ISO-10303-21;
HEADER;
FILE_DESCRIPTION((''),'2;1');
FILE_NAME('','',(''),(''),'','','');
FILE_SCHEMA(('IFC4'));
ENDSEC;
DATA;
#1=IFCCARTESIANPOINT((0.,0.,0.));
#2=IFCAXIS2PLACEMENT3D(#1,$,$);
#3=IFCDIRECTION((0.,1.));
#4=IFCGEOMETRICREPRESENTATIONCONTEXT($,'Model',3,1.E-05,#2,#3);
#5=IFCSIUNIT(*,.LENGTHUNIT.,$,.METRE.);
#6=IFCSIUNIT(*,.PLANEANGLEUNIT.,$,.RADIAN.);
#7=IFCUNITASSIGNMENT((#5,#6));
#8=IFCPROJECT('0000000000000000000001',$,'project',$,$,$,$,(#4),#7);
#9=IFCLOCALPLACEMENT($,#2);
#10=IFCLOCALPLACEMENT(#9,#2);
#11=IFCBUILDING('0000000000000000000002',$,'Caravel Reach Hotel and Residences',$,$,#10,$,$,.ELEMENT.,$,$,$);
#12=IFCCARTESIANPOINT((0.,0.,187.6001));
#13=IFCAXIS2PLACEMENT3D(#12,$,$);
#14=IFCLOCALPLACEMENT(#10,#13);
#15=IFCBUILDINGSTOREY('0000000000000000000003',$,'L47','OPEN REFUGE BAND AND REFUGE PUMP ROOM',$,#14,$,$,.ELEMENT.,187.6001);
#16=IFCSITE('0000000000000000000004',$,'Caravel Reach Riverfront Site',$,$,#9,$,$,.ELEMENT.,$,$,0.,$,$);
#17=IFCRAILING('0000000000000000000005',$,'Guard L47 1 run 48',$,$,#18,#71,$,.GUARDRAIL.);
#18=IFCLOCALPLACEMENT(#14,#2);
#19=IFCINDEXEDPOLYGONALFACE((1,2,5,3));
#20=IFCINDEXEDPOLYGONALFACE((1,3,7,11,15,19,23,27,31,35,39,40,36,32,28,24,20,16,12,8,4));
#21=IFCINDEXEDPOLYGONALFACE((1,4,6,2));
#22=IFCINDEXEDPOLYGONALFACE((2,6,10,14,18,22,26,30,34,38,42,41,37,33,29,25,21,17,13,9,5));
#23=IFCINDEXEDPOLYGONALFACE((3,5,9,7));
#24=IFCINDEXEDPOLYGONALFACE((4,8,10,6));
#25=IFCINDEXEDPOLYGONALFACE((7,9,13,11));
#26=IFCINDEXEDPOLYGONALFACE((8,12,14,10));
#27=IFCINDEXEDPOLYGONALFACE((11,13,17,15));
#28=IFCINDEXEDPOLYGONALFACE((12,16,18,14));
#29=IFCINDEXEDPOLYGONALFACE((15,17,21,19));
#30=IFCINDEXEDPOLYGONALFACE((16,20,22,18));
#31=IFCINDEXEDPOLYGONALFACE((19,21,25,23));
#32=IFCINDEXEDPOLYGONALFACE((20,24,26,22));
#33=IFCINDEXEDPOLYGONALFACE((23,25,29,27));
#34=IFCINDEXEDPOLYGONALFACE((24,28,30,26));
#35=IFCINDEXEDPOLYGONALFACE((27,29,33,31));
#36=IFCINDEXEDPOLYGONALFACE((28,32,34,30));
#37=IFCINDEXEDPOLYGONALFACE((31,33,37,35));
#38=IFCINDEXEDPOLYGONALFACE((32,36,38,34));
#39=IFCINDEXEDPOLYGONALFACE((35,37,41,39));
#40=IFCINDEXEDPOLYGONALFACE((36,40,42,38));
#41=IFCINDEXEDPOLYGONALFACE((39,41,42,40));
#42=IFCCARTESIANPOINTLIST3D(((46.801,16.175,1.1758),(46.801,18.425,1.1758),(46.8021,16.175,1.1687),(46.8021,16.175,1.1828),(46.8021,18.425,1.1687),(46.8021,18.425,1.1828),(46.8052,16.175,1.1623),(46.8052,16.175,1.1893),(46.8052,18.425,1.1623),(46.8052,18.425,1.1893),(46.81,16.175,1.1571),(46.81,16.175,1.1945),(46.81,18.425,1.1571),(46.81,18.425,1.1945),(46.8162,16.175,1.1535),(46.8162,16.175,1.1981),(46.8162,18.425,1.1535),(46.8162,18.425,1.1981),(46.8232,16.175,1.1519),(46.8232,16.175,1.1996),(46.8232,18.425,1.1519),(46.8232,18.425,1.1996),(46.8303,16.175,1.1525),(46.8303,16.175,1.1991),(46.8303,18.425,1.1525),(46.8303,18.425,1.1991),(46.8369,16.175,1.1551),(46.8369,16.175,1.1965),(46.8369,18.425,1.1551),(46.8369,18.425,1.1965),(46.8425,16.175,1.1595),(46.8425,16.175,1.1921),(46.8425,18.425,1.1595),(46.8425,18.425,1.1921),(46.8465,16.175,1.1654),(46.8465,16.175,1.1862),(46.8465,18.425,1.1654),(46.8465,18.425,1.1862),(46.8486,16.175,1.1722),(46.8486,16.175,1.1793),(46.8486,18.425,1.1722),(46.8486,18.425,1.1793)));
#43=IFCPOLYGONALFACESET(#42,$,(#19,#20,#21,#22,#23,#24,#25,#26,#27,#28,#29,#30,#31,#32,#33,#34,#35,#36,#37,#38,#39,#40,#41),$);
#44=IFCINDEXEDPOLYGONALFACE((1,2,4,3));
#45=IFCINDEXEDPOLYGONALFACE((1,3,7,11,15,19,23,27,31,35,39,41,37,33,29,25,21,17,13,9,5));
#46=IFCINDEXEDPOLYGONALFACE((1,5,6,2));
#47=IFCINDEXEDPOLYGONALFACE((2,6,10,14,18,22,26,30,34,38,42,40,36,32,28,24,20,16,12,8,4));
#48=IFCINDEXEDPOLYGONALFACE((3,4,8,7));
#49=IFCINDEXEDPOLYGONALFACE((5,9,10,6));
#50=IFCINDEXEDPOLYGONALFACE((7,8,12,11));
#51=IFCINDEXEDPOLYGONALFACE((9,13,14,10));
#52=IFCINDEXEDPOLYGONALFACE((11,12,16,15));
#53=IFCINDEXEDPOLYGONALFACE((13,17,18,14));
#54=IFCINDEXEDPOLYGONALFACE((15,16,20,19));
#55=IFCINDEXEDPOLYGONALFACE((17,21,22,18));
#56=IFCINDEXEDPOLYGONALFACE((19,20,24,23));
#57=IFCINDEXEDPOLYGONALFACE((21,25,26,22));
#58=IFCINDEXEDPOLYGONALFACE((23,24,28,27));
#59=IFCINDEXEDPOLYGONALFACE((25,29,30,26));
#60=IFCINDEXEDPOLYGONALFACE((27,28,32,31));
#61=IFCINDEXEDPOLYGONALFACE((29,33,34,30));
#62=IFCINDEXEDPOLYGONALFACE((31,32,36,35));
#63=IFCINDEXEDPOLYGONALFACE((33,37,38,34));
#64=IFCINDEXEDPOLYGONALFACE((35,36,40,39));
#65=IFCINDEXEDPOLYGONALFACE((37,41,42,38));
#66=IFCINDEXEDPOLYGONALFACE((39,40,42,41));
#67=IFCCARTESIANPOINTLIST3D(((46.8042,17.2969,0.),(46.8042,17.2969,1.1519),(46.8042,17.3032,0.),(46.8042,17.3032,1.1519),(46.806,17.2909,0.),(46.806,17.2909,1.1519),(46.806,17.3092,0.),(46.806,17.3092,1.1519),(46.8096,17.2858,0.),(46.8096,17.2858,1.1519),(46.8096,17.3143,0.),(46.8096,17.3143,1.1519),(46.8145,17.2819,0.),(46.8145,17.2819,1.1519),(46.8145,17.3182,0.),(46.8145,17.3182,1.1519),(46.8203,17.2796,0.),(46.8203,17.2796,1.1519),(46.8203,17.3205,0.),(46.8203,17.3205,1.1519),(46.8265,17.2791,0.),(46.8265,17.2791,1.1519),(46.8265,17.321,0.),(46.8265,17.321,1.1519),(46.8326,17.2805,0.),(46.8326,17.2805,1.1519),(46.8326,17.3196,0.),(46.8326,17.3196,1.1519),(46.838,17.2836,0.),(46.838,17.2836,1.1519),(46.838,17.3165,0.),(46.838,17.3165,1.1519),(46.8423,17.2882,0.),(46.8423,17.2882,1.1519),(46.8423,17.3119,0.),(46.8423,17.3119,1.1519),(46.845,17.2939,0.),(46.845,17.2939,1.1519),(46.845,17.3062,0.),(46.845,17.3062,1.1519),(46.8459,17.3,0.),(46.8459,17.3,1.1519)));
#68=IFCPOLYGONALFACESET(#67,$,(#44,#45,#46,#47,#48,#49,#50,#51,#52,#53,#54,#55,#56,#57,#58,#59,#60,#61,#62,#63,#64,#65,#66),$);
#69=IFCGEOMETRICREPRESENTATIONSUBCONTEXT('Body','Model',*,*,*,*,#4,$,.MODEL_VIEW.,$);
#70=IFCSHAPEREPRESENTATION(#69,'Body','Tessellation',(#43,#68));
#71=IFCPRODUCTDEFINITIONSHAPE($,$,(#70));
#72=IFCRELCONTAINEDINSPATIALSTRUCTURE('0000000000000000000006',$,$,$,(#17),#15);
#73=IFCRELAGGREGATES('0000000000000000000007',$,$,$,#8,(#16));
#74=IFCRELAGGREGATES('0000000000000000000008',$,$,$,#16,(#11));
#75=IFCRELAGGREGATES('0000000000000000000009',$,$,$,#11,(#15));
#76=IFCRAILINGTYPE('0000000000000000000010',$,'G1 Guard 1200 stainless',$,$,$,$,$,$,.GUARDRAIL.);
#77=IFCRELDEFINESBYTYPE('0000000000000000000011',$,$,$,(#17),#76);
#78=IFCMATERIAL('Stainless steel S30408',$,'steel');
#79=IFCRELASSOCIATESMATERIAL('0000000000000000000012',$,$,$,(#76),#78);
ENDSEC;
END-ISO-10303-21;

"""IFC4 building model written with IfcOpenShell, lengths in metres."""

from ifc_helpers import new_model, si_unit, direction, frame, origin, origin_2d, place, context, subcontext, project, spatial, circle, extrude, material, type_object, element, save


model = new_model("IFC4")

# Units and contexts
model_context = context("Model", 3, precision=1e-05, world=origin(), true_north=direction((0.0, 1.0)))
body_context = subcontext(model_context, "Body", "Model", "MODEL_VIEW")
ifc_project = project(units=[si_unit("LENGTHUNIT", "METRE"), si_unit("PLANEANGLEUNIT", "RADIAN")], contexts=[model_context])

# Site, building, storey
site_placement = place(None, origin())
site = spatial("IfcSite", under=ifc_project, at=site_placement, Name="Caravel Reach Riverfront Site", CompositionType="ELEMENT", RefElevation=0.0)
building_placement = place(site_placement, origin())
building = spatial("IfcBuilding", under=site, at=building_placement, Name="Caravel Reach Hotel and Residences", CompositionType="ELEMENT")
storey_placement = place(building_placement, frame((0.0, 0.0, 187.6001)))
storey = spatial("IfcBuildingStorey", under=building, at=storey_placement, Name="L47", Description="OPEN REFUGE BAND AND REFUGE PUMP ROOM", CompositionType="ELEMENT", Elevation=187.6001)

# Railing
ifc_material_1 = material(Name="Stainless steel S30408", Category="steel")
railing_type = type_object("IfcRailingType", Name="G1 Guard 1200 stainless", PredefinedType="GUARDRAIL", material=ifc_material_1)
railing_1_placement = place(storey_placement, frame((46.825, 16.175, 0.0)))
element("IfcRailing", 1, at=railing_1_placement, inside=storey, type_object=railing_type, Name="Guard L47 1 run 48", PredefinedType="GUARDRAIL", context=body_context, shape_type="SweptSolid", body=[
    extrude(circle(Radius=0.0239, at=origin_2d()), frame((0.0, 0.0, 1.1758), z_axis=(0.0, 1.0, 0.0), x_axis=(-1.0, 0.0, 0.0)), (0.0, 0.0, 1.0), 2.25),
    extrude(circle(Radius=0.021, at=origin_2d()), frame((0.0, 1.125, 0.0)), (0.0, 0.0, 1.0), 1.1519),
])

save(model, "model.ifc")
